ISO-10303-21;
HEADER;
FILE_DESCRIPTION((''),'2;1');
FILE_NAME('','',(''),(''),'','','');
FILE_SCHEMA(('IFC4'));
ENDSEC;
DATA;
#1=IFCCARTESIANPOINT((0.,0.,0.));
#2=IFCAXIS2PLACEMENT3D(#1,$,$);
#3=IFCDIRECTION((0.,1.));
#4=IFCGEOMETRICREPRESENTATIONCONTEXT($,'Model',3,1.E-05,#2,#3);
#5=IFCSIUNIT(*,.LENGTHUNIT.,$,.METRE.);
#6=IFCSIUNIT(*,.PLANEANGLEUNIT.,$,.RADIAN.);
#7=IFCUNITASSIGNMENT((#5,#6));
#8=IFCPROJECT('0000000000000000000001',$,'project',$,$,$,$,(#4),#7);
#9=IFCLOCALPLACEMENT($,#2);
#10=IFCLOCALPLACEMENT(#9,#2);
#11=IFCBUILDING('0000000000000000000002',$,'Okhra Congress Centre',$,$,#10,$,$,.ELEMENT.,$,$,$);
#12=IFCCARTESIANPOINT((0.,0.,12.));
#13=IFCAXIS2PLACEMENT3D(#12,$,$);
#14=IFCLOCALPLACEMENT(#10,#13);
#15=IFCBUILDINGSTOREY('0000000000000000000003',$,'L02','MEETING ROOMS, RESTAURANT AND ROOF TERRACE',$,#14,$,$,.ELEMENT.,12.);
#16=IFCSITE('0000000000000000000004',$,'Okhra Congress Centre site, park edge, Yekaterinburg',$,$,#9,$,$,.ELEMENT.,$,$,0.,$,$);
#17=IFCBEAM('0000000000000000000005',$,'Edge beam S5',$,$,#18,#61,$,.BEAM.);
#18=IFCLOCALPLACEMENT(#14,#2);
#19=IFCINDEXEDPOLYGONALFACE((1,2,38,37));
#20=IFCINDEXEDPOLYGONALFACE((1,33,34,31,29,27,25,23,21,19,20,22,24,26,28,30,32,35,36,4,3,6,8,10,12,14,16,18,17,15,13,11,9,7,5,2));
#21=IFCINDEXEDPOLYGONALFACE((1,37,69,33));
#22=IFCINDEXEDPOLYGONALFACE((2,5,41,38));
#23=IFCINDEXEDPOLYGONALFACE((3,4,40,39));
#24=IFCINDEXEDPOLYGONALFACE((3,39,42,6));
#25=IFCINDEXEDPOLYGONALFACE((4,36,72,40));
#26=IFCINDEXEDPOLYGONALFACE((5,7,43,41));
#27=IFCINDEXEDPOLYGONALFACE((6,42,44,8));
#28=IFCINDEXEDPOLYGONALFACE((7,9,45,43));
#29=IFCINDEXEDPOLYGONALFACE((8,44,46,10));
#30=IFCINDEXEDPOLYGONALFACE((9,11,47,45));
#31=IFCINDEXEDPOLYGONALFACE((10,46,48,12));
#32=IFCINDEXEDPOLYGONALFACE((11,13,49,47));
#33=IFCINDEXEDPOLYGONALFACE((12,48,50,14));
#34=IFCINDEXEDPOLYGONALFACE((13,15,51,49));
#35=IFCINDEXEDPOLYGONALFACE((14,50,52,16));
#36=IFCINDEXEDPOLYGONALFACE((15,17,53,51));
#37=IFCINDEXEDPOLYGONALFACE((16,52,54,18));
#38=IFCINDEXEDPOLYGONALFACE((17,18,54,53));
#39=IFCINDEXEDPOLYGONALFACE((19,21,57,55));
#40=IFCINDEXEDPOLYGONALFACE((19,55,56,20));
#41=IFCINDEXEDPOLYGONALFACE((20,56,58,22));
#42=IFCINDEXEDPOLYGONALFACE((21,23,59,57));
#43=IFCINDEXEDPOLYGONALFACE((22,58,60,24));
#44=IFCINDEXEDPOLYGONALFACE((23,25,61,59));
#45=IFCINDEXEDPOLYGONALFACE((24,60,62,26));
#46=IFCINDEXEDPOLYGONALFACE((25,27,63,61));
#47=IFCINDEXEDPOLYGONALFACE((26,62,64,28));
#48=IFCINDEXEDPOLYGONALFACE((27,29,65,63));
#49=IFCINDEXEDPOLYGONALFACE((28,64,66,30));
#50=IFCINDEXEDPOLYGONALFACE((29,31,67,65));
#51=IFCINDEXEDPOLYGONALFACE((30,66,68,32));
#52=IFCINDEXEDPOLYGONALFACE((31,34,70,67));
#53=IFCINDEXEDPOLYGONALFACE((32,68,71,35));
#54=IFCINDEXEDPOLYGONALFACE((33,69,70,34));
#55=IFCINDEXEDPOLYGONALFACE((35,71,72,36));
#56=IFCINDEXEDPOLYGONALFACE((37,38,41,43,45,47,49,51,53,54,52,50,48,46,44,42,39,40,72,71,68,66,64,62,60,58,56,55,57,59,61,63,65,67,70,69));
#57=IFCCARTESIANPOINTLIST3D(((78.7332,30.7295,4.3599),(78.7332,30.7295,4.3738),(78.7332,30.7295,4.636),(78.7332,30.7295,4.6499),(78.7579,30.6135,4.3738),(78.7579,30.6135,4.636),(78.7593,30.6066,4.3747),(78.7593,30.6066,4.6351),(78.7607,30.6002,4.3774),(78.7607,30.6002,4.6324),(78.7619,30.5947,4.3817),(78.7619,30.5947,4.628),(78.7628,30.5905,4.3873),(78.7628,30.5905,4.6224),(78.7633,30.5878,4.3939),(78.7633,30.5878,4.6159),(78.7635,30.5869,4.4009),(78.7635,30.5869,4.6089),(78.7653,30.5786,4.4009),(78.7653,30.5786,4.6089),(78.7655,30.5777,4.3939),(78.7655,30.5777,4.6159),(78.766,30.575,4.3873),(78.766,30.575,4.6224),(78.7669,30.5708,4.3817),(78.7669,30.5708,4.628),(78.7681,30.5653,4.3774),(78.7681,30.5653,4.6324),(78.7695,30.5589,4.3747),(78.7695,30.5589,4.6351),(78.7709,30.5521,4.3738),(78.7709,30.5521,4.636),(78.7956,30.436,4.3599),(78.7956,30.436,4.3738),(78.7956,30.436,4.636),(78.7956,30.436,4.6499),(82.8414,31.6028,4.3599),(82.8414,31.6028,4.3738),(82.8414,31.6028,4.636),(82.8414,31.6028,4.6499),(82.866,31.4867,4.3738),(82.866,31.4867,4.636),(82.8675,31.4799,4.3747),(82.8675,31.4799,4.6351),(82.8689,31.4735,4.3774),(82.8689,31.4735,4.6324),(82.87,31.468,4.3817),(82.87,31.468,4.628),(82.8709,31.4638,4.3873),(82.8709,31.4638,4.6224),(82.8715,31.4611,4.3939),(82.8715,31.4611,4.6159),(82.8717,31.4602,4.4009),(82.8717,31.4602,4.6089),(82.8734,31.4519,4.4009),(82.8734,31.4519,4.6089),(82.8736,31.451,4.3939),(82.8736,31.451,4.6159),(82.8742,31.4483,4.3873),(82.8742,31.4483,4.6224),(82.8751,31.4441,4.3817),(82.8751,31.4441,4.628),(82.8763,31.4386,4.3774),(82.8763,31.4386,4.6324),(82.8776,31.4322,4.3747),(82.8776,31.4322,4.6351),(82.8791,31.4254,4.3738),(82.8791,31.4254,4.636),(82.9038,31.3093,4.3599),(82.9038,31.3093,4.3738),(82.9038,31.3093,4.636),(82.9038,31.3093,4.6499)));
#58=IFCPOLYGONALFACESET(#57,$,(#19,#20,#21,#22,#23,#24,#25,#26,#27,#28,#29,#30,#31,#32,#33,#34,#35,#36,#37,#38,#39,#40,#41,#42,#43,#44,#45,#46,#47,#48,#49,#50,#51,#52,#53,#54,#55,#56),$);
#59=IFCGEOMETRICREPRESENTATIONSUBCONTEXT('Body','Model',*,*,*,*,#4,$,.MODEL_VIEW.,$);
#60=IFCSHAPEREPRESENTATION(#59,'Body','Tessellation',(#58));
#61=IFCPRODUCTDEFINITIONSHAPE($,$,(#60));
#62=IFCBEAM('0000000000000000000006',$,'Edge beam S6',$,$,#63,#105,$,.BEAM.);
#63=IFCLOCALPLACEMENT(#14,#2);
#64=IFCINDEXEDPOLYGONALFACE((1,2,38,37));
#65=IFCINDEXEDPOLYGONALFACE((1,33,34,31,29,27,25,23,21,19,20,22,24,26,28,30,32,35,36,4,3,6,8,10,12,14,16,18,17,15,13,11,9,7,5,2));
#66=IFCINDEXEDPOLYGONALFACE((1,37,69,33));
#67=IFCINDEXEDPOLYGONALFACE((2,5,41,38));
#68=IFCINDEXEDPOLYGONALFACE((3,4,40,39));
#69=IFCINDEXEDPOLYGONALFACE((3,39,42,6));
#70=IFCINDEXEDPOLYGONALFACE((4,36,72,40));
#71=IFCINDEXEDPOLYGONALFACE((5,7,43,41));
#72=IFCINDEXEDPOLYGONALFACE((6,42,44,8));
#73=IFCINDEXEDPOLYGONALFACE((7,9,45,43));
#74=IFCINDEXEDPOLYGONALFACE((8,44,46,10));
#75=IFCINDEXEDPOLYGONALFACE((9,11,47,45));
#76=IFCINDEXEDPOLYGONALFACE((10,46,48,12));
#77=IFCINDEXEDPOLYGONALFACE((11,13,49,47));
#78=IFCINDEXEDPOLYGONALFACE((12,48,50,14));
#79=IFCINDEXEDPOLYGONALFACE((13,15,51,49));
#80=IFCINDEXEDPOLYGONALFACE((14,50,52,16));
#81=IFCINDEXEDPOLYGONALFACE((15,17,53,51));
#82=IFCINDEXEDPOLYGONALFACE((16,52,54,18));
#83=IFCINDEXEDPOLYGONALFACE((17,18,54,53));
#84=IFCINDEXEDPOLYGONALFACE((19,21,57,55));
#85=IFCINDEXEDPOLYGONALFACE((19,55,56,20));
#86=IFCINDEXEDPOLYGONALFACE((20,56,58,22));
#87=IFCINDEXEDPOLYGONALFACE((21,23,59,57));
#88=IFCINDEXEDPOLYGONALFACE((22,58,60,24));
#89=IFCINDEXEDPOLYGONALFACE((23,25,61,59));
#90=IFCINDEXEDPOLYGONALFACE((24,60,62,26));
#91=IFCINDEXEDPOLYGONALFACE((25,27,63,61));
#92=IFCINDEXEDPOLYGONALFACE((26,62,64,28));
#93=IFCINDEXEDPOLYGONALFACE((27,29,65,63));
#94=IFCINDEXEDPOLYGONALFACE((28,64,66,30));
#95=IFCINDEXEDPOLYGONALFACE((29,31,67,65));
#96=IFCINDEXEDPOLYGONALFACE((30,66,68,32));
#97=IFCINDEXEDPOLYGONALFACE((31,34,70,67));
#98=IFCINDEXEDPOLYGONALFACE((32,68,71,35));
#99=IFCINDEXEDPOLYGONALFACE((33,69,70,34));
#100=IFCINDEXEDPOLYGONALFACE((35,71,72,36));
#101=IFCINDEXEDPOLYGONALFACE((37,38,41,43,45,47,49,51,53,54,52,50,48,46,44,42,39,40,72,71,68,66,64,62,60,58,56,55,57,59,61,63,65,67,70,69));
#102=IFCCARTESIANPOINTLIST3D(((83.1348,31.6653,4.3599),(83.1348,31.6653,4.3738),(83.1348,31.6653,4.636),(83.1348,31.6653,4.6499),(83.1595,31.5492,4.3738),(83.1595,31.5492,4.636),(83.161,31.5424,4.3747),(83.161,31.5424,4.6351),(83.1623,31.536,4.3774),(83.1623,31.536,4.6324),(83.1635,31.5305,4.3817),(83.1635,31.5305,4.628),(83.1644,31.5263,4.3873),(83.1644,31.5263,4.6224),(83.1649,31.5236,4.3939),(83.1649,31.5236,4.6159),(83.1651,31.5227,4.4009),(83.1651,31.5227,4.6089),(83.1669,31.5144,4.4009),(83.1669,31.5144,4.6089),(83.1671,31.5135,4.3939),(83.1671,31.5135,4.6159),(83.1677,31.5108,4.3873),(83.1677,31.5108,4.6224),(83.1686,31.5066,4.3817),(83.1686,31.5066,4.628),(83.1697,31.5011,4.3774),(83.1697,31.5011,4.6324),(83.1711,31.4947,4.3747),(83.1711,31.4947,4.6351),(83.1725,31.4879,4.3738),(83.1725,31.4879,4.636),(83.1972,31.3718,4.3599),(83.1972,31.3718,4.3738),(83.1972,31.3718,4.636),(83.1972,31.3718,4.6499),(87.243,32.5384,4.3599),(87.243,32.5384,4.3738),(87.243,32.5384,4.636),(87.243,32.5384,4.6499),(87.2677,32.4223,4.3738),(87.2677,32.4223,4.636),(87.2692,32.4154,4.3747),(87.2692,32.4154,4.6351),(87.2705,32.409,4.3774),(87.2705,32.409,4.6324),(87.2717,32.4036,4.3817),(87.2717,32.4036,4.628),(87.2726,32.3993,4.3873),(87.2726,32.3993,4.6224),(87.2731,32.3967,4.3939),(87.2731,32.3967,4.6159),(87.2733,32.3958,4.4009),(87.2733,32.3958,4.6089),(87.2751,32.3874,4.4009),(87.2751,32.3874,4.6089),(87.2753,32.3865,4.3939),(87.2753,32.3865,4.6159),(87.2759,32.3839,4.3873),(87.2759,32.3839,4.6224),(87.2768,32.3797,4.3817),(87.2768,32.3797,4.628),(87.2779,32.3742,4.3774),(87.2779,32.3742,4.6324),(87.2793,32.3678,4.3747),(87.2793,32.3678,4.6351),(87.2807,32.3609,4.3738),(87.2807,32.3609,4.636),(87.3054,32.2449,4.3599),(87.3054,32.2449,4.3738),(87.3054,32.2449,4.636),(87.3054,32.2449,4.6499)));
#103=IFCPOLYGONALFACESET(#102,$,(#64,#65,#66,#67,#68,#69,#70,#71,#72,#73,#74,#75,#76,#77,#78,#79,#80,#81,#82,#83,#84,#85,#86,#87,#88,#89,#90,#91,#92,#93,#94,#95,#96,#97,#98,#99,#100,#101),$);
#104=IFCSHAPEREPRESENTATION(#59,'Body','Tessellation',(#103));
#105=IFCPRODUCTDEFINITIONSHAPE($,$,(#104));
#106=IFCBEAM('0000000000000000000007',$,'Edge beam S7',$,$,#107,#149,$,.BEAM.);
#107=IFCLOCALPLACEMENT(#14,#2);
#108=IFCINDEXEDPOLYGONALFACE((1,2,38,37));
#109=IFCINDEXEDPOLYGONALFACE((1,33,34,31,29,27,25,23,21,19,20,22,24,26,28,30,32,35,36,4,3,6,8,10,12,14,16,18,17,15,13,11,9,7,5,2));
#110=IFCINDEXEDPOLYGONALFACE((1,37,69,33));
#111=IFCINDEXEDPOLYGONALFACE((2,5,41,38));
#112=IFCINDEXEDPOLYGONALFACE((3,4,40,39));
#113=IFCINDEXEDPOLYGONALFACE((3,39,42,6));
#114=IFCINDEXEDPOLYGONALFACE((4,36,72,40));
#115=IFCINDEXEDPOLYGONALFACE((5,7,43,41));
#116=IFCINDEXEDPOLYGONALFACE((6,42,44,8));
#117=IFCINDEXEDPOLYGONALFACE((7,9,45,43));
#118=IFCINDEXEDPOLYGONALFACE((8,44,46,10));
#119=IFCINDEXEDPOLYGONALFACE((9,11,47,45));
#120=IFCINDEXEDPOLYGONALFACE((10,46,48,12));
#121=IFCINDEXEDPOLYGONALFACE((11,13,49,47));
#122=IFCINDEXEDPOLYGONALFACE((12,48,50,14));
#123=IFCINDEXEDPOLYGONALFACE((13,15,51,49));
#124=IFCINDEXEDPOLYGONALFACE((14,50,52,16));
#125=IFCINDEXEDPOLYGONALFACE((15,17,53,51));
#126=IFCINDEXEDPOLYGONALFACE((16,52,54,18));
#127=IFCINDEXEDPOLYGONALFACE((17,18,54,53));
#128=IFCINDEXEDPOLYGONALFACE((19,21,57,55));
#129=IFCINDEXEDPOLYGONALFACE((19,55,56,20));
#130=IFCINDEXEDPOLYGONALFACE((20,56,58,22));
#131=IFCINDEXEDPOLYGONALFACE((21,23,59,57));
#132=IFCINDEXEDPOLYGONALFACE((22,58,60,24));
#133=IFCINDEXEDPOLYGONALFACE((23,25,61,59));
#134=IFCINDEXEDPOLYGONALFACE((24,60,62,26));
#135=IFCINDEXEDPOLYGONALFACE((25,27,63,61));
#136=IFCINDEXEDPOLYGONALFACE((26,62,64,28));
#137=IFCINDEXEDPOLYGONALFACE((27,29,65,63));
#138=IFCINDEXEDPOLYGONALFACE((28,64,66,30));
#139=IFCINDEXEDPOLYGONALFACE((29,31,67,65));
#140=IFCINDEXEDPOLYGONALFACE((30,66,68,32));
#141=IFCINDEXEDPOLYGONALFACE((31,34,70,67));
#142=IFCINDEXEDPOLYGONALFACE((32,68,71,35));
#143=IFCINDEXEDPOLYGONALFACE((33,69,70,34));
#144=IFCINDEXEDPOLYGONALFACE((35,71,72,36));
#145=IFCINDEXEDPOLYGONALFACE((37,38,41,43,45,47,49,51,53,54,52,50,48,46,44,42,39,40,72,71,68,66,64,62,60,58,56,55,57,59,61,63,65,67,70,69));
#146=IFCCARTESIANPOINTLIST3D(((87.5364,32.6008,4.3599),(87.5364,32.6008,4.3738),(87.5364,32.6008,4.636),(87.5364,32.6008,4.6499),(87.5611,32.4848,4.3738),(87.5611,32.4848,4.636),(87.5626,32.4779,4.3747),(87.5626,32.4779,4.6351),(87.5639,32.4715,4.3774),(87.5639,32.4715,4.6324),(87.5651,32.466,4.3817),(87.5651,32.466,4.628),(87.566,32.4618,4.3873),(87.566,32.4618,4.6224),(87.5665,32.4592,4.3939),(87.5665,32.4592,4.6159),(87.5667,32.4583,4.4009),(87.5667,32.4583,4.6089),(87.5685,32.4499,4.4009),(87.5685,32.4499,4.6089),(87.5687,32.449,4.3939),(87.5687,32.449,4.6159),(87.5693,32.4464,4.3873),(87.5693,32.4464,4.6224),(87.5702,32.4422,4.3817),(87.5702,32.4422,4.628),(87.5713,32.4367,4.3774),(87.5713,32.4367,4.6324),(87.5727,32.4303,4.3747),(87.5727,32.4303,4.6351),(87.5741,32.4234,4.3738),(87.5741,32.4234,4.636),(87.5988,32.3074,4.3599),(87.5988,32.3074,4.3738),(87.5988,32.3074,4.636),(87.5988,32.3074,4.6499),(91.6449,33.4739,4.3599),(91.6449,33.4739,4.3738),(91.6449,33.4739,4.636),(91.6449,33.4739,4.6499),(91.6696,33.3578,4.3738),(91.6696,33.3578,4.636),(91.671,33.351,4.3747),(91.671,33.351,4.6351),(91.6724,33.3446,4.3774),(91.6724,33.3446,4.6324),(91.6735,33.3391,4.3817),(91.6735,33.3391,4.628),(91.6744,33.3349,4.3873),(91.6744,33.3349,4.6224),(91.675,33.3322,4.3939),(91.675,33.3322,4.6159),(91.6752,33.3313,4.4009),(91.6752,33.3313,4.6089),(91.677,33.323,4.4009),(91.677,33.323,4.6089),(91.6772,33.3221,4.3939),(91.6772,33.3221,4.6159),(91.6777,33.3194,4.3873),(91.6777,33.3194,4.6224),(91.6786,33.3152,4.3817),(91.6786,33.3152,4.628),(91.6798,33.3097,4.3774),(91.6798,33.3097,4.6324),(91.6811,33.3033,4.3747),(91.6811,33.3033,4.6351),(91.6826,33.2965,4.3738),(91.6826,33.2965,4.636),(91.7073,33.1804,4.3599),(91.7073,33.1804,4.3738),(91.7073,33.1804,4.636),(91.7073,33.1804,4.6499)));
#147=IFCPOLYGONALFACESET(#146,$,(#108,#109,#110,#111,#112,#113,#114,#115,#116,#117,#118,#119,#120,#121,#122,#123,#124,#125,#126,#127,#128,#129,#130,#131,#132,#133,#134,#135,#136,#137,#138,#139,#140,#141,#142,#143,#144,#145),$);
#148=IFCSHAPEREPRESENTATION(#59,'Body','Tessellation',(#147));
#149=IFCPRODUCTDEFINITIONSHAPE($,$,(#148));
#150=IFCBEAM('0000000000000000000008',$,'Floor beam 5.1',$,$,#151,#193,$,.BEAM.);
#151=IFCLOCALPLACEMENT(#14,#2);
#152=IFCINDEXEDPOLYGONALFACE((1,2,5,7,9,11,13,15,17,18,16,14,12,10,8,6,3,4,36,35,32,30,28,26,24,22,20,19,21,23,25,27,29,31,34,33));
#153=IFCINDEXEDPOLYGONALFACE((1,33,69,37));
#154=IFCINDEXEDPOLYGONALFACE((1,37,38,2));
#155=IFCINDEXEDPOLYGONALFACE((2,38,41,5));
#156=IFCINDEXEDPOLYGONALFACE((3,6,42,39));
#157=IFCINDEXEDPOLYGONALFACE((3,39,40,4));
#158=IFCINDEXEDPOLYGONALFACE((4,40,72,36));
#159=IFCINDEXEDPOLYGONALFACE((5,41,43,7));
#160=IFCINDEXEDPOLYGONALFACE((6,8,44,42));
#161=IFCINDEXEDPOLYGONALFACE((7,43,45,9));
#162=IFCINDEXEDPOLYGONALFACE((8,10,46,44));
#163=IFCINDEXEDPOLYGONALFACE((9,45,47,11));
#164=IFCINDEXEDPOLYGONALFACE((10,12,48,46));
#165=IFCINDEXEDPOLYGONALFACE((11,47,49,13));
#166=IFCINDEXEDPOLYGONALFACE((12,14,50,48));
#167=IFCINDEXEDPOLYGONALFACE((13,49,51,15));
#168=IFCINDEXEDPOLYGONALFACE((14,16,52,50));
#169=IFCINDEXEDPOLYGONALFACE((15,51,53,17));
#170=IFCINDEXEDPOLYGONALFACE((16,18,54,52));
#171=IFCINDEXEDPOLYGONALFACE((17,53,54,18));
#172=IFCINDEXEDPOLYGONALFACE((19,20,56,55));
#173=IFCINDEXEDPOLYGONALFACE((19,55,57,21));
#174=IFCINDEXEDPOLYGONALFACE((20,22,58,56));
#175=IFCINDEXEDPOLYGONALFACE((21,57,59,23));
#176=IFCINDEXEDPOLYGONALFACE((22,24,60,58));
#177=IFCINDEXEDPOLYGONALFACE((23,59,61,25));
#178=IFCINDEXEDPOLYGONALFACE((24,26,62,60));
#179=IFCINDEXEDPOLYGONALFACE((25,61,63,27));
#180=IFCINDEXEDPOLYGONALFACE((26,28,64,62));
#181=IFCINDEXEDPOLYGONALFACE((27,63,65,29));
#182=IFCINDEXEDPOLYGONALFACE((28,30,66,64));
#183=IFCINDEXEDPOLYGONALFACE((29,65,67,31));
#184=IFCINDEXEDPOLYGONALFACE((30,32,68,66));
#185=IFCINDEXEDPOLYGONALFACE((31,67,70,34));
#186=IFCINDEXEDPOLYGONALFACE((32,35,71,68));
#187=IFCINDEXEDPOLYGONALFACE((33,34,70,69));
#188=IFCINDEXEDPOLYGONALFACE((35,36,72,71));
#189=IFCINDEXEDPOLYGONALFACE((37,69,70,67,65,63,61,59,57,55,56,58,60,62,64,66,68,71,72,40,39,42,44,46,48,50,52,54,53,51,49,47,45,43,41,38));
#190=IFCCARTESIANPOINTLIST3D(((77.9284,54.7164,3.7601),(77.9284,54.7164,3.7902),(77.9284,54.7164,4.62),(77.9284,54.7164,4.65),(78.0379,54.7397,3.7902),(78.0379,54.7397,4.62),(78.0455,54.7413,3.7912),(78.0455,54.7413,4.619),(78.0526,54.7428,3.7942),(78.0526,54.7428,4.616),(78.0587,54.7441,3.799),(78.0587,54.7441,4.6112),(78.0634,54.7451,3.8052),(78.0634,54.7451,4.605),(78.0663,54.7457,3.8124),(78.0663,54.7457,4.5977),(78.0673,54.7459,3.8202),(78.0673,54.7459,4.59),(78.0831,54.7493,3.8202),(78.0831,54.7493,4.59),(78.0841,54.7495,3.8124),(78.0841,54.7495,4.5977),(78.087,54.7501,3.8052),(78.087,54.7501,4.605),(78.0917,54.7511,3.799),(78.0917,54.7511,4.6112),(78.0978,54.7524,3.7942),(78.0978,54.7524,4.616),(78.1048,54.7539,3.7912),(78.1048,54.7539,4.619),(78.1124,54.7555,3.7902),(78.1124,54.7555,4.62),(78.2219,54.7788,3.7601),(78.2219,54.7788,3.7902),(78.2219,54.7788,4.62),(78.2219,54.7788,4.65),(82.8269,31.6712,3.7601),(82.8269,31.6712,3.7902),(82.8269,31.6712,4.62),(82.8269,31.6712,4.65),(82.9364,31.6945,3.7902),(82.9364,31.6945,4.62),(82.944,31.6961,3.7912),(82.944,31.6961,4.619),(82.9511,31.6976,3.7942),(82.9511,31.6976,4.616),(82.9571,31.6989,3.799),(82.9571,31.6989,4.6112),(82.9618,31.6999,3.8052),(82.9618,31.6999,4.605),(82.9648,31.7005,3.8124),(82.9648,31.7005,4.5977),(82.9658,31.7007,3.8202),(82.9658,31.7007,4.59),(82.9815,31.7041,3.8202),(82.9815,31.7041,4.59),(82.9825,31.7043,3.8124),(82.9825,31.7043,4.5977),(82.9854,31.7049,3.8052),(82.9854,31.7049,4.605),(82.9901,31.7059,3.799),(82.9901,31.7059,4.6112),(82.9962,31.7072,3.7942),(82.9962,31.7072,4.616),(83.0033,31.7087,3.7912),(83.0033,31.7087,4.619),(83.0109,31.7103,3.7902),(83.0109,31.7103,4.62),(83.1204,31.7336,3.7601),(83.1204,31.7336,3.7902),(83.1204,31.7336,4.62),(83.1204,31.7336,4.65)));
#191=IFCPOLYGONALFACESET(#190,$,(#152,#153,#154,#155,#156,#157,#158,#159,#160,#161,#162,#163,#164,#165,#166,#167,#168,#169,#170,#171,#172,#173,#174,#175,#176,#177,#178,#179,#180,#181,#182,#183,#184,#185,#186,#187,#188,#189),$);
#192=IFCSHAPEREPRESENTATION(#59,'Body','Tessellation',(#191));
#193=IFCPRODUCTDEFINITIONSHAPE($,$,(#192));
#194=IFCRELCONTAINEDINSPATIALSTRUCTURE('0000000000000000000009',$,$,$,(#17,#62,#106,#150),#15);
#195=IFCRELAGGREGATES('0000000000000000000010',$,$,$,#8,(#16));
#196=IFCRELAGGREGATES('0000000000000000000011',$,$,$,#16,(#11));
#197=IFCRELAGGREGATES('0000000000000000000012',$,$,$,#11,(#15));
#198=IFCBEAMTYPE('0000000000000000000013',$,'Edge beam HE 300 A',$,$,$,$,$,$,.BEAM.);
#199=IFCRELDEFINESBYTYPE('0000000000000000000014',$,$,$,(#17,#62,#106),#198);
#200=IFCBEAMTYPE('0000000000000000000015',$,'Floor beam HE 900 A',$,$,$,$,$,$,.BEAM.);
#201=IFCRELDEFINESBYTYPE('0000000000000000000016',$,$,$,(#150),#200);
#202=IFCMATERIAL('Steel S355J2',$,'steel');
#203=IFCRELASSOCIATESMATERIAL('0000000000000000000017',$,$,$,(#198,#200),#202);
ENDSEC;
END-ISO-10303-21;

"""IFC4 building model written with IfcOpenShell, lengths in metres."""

from ifc_helpers import new_model, si_unit, direction, frame, origin, origin_2d, place, context, subcontext, project, spatial, i_section, extrude, material, material_profile, profile_set, type_object, element, save


model = new_model("IFC4")

# Units and contexts
model_context = context("Model", 3, precision=1e-05, world=origin(), true_north=direction((0.0, 1.0)))
body_context = subcontext(model_context, "Body", "Model", "MODEL_VIEW")
ifc_project = project(units=[si_unit("LENGTHUNIT", "METRE"), si_unit("PLANEANGLEUNIT", "RADIAN")], contexts=[model_context])

# Site, building, storey
site_placement = place(None, origin())
site = spatial("IfcSite", under=ifc_project, at=site_placement, Name="Okhra Congress Centre site, park edge, Yekaterinburg", CompositionType="ELEMENT", RefElevation=0.0)
building_placement = place(site_placement, origin())
building = spatial("IfcBuilding", under=site, at=building_placement, Name="Okhra Congress Centre", CompositionType="ELEMENT")
storey_placement = place(building_placement, frame((0.0, 0.0, 12.0)))
storey = spatial("IfcBuildingStorey", under=building, at=storey_placement, Name="L02", Description="MEETING ROOMS, RESTAURANT AND ROOF TERRACE", CompositionType="ELEMENT", Elevation=12.0)

# Shared definitions
ifc_material_1 = material(Name="Steel S355J2", Category="steel")

# Beams
ifc_material_profile_1 = material_profile(ifc_material_1, i_section(OverallWidth=0.3, OverallDepth=0.29, WebThickness=0.0085, FlangeThickness=0.0139, FilletRadius=0.0271, at=origin_2d()), Name="HE 300 A")
ifc_profile_set_1 = profile_set([ifc_material_profile_1], Name="Steel S355J2")
beam_type_1 = type_object("IfcBeamType", Name="Edge beam HE 300 A", PredefinedType="BEAM", material=ifc_profile_set_1)
for number, where, z_axis, x_axis, name in (
    (1, (78.7644, 30.5828, 4.5049), (0.978144, 0.207929, 0.0), (-0.207929, 0.978144, 0.0), "Edge beam S5"),
    (2, (83.166, 31.5186, 4.5049), (0.978156, 0.207873, 0.0), (-0.207873, 0.978156, 0.0), "Edge beam S6"),
):
    element("IfcBeam", number, at=place(storey_placement, frame(where, z_axis=z_axis, x_axis=x_axis)), inside=storey, type_object=beam_type_1, Name=name, PredefinedType="BEAM", context=body_context, shape_type="SweptSolid", body=[
        extrude(i_section(OverallWidth=0.3, OverallDepth=0.29, WebThickness=0.0085, FlangeThickness=0.0139, FilletRadius=0.0271, at=origin_2d()), origin(), (0.0, 0.0, 1.0), 4.2),
    ])
beam_1_placement = place(storey_placement, frame((87.5676, 32.4541, 4.5049), z_axis=(0.978158, 0.207862, 0.0), x_axis=(-0.207862, 0.978158, 0.0)))
element("IfcBeam", 3, at=beam_1_placement, inside=storey, type_object=beam_type_1, Name="Edge beam S7", PredefinedType="BEAM", context=body_context, shape_type="SweptSolid", body=[
    extrude(i_section(OverallWidth=0.3, OverallDepth=0.29, WebThickness=0.0085, FlangeThickness=0.0139, FilletRadius=0.0271, at=origin_2d()), origin(), (0.0, 0.0, 1.0), 4.2002),
])
ifc_material_profile_2 = material_profile(ifc_material_1, i_section(OverallWidth=0.3, OverallDepth=0.8899, WebThickness=0.0161, FlangeThickness=0.03, FilletRadius=0.03, at=origin_2d()), Name="HE 900 A")
ifc_profile_set_2 = profile_set([ifc_material_profile_2], Name="Steel S355J2")
beam_type_2 = type_object("IfcBeamType", Name="Floor beam HE 900 A", PredefinedType="BEAM", material=ifc_profile_set_2)
for number, where, z_axis, x_axis, name in (
    (4, (82.9736, 31.7024, 4.2051), (-0.207913, 0.978147, 0.0), (-0.978147, -0.207913, 0.0), "Floor beam 5.1"),
):
    element("IfcBeam", number, at=place(storey_placement, frame(where, z_axis=z_axis, x_axis=x_axis)), inside=storey, type_object=beam_type_2, Name=name, PredefinedType="BEAM", context=body_context, shape_type="SweptSolid", body=[
        extrude(i_section(OverallWidth=0.3, OverallDepth=0.8899, WebThickness=0.0161, FlangeThickness=0.03, FilletRadius=0.03, at=origin_2d()), origin(), (0.0, 0.0, 1.0), 23.5601),
    ])

save(model, "model.ifc")
